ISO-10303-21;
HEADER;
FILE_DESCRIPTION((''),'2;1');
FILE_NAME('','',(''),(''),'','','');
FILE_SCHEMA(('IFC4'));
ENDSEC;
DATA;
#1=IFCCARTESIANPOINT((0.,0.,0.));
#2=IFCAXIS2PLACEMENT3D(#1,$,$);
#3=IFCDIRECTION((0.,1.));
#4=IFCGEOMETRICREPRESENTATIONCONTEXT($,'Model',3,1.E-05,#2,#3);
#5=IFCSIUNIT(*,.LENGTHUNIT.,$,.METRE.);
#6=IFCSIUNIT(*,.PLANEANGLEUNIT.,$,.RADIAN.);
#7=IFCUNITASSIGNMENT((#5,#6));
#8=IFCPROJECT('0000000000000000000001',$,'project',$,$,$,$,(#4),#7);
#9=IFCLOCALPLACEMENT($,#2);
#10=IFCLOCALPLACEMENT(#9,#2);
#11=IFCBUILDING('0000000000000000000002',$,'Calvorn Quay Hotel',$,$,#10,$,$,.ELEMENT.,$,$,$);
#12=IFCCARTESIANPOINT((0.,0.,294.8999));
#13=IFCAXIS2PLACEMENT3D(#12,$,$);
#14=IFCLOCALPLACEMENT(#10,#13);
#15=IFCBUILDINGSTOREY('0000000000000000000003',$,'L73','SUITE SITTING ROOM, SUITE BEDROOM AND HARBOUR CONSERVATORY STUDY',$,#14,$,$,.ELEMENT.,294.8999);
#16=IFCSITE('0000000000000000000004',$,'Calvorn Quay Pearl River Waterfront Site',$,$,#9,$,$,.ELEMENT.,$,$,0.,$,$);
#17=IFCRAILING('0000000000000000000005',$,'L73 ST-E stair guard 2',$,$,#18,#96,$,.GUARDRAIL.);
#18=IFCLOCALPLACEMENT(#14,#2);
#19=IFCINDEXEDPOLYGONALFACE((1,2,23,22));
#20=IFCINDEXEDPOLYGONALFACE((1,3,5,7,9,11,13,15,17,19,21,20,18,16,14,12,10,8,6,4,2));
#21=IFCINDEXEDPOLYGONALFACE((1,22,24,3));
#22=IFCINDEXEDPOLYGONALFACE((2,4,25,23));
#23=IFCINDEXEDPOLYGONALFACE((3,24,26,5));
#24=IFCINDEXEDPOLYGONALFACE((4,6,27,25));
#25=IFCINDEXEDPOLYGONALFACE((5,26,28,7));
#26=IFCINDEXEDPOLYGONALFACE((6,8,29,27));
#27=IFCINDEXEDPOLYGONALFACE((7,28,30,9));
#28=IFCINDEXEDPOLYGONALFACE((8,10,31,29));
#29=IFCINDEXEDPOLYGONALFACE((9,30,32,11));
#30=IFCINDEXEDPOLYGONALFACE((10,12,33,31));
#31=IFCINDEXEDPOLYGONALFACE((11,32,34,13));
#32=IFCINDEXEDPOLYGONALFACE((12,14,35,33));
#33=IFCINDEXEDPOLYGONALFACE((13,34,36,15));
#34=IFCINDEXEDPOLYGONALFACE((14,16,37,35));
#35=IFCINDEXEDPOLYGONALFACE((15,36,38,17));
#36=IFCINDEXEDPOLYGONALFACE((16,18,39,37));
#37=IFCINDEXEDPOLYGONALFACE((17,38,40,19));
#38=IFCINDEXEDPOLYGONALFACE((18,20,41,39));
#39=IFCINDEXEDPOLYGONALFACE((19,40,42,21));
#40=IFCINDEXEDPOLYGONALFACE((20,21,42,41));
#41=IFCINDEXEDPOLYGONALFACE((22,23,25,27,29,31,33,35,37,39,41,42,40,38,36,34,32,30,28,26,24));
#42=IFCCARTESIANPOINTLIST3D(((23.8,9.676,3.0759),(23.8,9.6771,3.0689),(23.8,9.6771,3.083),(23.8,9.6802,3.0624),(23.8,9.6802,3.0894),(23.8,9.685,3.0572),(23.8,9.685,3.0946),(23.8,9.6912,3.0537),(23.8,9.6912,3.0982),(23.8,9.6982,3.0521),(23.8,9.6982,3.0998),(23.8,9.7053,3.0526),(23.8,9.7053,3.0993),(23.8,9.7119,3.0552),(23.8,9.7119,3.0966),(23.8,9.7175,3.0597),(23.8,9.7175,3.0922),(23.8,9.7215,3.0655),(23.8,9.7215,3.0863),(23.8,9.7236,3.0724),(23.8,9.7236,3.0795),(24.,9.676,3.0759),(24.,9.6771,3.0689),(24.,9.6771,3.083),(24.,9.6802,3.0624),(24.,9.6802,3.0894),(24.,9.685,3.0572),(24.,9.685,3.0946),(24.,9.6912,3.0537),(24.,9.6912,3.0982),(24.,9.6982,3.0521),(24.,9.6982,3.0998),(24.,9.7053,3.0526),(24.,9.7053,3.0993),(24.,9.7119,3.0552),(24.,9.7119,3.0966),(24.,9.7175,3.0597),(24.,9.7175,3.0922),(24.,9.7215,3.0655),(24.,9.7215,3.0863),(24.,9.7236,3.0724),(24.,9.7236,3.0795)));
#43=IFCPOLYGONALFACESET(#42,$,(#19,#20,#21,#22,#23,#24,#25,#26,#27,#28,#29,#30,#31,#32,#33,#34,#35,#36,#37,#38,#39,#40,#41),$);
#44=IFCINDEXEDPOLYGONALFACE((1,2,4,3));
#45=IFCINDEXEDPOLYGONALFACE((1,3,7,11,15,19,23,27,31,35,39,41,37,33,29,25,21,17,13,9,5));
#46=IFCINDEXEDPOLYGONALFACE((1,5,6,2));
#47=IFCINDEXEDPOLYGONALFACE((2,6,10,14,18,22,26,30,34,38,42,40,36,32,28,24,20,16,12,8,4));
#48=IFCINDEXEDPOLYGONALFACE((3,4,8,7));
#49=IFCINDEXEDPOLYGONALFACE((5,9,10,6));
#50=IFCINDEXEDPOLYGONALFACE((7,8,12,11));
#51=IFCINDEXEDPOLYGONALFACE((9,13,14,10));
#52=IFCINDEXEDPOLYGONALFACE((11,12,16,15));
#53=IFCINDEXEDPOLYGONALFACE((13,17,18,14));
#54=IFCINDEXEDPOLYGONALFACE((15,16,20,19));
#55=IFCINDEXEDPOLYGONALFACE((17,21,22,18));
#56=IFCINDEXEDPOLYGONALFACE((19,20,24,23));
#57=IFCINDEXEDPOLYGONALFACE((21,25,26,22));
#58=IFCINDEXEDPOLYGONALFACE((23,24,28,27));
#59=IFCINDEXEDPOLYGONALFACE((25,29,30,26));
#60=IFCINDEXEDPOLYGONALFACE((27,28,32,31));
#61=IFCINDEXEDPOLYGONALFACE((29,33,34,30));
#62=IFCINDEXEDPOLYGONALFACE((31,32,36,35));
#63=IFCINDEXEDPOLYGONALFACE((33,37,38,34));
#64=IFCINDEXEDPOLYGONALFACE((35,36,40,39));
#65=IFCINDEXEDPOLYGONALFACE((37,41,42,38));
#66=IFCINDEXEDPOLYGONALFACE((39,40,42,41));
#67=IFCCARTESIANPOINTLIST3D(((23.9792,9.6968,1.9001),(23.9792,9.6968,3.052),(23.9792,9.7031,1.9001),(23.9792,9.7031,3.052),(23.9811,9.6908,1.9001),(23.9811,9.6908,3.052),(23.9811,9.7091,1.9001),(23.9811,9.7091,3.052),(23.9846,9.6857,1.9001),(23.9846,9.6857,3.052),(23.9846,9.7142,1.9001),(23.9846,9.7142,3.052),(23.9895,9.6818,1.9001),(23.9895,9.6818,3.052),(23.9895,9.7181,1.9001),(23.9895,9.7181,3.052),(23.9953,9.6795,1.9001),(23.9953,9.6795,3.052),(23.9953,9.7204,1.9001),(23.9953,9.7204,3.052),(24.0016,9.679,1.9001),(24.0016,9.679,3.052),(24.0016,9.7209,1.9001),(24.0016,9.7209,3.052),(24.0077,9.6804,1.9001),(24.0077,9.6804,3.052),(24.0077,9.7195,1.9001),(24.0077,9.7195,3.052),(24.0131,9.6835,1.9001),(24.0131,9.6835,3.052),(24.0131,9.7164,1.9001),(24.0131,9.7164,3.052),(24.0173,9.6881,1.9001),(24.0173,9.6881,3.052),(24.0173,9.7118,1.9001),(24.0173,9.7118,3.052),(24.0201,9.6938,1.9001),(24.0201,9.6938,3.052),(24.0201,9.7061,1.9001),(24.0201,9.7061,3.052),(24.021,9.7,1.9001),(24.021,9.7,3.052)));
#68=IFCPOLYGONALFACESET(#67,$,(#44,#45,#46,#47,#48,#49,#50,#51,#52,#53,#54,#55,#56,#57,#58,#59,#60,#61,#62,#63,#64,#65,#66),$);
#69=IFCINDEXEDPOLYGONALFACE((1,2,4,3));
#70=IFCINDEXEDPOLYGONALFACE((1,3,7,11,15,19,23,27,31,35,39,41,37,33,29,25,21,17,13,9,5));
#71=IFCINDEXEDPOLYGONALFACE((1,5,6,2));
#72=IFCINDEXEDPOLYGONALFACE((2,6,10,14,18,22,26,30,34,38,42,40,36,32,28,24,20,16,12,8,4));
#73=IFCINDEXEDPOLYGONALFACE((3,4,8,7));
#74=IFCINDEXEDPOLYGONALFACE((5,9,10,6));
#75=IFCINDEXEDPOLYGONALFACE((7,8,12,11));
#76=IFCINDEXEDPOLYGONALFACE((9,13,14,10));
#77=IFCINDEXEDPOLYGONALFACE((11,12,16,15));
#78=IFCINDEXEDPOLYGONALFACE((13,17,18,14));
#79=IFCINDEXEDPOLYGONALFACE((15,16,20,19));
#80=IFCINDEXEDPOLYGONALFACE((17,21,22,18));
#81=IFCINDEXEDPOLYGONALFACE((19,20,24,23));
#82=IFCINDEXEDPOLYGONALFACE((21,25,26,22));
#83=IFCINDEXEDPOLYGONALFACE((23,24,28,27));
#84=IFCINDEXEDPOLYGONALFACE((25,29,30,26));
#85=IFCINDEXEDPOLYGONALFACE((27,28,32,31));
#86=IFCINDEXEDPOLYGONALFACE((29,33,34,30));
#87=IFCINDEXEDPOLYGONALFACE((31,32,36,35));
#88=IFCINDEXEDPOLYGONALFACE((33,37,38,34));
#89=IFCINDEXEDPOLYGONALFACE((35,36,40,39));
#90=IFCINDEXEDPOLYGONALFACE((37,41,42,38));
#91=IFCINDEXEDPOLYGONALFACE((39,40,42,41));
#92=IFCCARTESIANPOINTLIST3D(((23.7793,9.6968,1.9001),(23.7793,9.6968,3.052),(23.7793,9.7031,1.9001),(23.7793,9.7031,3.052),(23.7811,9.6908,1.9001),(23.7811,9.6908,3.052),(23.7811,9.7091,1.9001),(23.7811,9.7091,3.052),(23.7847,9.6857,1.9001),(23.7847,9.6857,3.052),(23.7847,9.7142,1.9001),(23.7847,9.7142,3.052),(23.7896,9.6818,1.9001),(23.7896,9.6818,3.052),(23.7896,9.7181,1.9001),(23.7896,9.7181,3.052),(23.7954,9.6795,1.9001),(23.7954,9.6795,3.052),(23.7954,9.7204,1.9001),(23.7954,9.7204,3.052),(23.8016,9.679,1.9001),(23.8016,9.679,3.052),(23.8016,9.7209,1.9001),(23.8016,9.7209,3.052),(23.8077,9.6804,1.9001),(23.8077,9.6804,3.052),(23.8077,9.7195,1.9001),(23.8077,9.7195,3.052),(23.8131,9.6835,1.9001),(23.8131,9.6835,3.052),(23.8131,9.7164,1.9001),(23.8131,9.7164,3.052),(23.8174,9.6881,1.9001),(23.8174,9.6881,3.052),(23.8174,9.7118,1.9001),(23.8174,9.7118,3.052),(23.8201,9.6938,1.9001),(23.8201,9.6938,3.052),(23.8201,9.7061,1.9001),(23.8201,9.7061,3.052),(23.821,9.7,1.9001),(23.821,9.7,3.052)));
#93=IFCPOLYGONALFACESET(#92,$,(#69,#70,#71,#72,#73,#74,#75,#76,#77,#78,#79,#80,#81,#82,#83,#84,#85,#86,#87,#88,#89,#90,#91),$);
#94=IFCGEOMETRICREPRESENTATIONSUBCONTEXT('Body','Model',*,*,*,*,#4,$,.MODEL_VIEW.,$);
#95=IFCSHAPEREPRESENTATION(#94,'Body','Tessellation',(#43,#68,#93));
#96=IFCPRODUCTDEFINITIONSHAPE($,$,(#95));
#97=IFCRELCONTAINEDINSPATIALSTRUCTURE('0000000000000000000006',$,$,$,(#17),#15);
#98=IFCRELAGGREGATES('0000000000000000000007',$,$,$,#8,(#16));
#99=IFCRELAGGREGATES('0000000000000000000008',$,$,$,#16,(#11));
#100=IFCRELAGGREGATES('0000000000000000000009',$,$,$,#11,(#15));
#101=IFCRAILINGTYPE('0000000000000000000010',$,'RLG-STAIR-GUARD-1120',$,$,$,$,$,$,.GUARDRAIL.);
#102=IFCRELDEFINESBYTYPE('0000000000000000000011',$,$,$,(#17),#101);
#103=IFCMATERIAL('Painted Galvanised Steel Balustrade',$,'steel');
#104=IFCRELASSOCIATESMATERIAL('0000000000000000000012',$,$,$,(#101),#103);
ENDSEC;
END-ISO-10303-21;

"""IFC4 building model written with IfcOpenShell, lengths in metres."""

from ifc_helpers import new_model, si_unit, direction, frame, origin, origin_2d, place, context, subcontext, project, spatial, circle, extrude, material, type_object, element, save


model = new_model("IFC4")

# Units and contexts
model_context = context("Model", 3, precision=1e-05, world=origin(), true_north=direction((0.0, 1.0)))
body_context = subcontext(model_context, "Body", "Model", "MODEL_VIEW")
ifc_project = project(units=[si_unit("LENGTHUNIT", "METRE"), si_unit("PLANEANGLEUNIT", "RADIAN")], contexts=[model_context])

# Site, building, storey
site_placement = place(None, origin())
site = spatial("IfcSite", under=ifc_project, at=site_placement, Name="Calvorn Quay Pearl River Waterfront Site", CompositionType="ELEMENT", RefElevation=0.0)
building_placement = place(site_placement, origin())
building = spatial("IfcBuilding", under=site, at=building_placement, Name="Calvorn Quay Hotel", CompositionType="ELEMENT")
storey_placement = place(building_placement, frame((0.0, 0.0, 294.8999)))
storey = spatial("IfcBuildingStorey", under=building, at=storey_placement, Name="L73", Description="SUITE SITTING ROOM, SUITE BEDROOM AND HARBOUR CONSERVATORY STUDY", CompositionType="ELEMENT", Elevation=294.8999)

# Railing
ifc_material_1 = material(Name="Painted Galvanised Steel Balustrade", Category="steel")
railing_type_1 = type_object("IfcRailingType", Name="RLG-STAIR-GUARD-1120", PredefinedType="GUARDRAIL", material=ifc_material_1)
railing_1_placement = place(storey_placement, frame((24.0, 9.7, 1.9001)))
element("IfcRailing", 1, at=railing_1_placement, inside=storey, type_object=railing_type_1, Name="L73 ST-E stair guard 2", PredefinedType="GUARDRAIL", context=body_context, shape_type="SweptSolid", body=[
    extrude(circle(Radius=0.0239, at=origin_2d()), frame((0.0, 0.0, 1.1758), z_axis=(-1.0, 0.0, 0.0), x_axis=(0.0, -1.0, 0.0)), (0.0, 0.0, 1.0), 0.2),
    extrude(circle(Radius=0.021, at=origin_2d()), origin(), (0.0, 0.0, 1.0), 1.1519),
    extrude(circle(Radius=0.021, at=origin_2d()), frame((-0.2, 0.0, 0.0)), (0.0, 0.0, 1.0), 1.1519),
])

save(model, "model.ifc")
